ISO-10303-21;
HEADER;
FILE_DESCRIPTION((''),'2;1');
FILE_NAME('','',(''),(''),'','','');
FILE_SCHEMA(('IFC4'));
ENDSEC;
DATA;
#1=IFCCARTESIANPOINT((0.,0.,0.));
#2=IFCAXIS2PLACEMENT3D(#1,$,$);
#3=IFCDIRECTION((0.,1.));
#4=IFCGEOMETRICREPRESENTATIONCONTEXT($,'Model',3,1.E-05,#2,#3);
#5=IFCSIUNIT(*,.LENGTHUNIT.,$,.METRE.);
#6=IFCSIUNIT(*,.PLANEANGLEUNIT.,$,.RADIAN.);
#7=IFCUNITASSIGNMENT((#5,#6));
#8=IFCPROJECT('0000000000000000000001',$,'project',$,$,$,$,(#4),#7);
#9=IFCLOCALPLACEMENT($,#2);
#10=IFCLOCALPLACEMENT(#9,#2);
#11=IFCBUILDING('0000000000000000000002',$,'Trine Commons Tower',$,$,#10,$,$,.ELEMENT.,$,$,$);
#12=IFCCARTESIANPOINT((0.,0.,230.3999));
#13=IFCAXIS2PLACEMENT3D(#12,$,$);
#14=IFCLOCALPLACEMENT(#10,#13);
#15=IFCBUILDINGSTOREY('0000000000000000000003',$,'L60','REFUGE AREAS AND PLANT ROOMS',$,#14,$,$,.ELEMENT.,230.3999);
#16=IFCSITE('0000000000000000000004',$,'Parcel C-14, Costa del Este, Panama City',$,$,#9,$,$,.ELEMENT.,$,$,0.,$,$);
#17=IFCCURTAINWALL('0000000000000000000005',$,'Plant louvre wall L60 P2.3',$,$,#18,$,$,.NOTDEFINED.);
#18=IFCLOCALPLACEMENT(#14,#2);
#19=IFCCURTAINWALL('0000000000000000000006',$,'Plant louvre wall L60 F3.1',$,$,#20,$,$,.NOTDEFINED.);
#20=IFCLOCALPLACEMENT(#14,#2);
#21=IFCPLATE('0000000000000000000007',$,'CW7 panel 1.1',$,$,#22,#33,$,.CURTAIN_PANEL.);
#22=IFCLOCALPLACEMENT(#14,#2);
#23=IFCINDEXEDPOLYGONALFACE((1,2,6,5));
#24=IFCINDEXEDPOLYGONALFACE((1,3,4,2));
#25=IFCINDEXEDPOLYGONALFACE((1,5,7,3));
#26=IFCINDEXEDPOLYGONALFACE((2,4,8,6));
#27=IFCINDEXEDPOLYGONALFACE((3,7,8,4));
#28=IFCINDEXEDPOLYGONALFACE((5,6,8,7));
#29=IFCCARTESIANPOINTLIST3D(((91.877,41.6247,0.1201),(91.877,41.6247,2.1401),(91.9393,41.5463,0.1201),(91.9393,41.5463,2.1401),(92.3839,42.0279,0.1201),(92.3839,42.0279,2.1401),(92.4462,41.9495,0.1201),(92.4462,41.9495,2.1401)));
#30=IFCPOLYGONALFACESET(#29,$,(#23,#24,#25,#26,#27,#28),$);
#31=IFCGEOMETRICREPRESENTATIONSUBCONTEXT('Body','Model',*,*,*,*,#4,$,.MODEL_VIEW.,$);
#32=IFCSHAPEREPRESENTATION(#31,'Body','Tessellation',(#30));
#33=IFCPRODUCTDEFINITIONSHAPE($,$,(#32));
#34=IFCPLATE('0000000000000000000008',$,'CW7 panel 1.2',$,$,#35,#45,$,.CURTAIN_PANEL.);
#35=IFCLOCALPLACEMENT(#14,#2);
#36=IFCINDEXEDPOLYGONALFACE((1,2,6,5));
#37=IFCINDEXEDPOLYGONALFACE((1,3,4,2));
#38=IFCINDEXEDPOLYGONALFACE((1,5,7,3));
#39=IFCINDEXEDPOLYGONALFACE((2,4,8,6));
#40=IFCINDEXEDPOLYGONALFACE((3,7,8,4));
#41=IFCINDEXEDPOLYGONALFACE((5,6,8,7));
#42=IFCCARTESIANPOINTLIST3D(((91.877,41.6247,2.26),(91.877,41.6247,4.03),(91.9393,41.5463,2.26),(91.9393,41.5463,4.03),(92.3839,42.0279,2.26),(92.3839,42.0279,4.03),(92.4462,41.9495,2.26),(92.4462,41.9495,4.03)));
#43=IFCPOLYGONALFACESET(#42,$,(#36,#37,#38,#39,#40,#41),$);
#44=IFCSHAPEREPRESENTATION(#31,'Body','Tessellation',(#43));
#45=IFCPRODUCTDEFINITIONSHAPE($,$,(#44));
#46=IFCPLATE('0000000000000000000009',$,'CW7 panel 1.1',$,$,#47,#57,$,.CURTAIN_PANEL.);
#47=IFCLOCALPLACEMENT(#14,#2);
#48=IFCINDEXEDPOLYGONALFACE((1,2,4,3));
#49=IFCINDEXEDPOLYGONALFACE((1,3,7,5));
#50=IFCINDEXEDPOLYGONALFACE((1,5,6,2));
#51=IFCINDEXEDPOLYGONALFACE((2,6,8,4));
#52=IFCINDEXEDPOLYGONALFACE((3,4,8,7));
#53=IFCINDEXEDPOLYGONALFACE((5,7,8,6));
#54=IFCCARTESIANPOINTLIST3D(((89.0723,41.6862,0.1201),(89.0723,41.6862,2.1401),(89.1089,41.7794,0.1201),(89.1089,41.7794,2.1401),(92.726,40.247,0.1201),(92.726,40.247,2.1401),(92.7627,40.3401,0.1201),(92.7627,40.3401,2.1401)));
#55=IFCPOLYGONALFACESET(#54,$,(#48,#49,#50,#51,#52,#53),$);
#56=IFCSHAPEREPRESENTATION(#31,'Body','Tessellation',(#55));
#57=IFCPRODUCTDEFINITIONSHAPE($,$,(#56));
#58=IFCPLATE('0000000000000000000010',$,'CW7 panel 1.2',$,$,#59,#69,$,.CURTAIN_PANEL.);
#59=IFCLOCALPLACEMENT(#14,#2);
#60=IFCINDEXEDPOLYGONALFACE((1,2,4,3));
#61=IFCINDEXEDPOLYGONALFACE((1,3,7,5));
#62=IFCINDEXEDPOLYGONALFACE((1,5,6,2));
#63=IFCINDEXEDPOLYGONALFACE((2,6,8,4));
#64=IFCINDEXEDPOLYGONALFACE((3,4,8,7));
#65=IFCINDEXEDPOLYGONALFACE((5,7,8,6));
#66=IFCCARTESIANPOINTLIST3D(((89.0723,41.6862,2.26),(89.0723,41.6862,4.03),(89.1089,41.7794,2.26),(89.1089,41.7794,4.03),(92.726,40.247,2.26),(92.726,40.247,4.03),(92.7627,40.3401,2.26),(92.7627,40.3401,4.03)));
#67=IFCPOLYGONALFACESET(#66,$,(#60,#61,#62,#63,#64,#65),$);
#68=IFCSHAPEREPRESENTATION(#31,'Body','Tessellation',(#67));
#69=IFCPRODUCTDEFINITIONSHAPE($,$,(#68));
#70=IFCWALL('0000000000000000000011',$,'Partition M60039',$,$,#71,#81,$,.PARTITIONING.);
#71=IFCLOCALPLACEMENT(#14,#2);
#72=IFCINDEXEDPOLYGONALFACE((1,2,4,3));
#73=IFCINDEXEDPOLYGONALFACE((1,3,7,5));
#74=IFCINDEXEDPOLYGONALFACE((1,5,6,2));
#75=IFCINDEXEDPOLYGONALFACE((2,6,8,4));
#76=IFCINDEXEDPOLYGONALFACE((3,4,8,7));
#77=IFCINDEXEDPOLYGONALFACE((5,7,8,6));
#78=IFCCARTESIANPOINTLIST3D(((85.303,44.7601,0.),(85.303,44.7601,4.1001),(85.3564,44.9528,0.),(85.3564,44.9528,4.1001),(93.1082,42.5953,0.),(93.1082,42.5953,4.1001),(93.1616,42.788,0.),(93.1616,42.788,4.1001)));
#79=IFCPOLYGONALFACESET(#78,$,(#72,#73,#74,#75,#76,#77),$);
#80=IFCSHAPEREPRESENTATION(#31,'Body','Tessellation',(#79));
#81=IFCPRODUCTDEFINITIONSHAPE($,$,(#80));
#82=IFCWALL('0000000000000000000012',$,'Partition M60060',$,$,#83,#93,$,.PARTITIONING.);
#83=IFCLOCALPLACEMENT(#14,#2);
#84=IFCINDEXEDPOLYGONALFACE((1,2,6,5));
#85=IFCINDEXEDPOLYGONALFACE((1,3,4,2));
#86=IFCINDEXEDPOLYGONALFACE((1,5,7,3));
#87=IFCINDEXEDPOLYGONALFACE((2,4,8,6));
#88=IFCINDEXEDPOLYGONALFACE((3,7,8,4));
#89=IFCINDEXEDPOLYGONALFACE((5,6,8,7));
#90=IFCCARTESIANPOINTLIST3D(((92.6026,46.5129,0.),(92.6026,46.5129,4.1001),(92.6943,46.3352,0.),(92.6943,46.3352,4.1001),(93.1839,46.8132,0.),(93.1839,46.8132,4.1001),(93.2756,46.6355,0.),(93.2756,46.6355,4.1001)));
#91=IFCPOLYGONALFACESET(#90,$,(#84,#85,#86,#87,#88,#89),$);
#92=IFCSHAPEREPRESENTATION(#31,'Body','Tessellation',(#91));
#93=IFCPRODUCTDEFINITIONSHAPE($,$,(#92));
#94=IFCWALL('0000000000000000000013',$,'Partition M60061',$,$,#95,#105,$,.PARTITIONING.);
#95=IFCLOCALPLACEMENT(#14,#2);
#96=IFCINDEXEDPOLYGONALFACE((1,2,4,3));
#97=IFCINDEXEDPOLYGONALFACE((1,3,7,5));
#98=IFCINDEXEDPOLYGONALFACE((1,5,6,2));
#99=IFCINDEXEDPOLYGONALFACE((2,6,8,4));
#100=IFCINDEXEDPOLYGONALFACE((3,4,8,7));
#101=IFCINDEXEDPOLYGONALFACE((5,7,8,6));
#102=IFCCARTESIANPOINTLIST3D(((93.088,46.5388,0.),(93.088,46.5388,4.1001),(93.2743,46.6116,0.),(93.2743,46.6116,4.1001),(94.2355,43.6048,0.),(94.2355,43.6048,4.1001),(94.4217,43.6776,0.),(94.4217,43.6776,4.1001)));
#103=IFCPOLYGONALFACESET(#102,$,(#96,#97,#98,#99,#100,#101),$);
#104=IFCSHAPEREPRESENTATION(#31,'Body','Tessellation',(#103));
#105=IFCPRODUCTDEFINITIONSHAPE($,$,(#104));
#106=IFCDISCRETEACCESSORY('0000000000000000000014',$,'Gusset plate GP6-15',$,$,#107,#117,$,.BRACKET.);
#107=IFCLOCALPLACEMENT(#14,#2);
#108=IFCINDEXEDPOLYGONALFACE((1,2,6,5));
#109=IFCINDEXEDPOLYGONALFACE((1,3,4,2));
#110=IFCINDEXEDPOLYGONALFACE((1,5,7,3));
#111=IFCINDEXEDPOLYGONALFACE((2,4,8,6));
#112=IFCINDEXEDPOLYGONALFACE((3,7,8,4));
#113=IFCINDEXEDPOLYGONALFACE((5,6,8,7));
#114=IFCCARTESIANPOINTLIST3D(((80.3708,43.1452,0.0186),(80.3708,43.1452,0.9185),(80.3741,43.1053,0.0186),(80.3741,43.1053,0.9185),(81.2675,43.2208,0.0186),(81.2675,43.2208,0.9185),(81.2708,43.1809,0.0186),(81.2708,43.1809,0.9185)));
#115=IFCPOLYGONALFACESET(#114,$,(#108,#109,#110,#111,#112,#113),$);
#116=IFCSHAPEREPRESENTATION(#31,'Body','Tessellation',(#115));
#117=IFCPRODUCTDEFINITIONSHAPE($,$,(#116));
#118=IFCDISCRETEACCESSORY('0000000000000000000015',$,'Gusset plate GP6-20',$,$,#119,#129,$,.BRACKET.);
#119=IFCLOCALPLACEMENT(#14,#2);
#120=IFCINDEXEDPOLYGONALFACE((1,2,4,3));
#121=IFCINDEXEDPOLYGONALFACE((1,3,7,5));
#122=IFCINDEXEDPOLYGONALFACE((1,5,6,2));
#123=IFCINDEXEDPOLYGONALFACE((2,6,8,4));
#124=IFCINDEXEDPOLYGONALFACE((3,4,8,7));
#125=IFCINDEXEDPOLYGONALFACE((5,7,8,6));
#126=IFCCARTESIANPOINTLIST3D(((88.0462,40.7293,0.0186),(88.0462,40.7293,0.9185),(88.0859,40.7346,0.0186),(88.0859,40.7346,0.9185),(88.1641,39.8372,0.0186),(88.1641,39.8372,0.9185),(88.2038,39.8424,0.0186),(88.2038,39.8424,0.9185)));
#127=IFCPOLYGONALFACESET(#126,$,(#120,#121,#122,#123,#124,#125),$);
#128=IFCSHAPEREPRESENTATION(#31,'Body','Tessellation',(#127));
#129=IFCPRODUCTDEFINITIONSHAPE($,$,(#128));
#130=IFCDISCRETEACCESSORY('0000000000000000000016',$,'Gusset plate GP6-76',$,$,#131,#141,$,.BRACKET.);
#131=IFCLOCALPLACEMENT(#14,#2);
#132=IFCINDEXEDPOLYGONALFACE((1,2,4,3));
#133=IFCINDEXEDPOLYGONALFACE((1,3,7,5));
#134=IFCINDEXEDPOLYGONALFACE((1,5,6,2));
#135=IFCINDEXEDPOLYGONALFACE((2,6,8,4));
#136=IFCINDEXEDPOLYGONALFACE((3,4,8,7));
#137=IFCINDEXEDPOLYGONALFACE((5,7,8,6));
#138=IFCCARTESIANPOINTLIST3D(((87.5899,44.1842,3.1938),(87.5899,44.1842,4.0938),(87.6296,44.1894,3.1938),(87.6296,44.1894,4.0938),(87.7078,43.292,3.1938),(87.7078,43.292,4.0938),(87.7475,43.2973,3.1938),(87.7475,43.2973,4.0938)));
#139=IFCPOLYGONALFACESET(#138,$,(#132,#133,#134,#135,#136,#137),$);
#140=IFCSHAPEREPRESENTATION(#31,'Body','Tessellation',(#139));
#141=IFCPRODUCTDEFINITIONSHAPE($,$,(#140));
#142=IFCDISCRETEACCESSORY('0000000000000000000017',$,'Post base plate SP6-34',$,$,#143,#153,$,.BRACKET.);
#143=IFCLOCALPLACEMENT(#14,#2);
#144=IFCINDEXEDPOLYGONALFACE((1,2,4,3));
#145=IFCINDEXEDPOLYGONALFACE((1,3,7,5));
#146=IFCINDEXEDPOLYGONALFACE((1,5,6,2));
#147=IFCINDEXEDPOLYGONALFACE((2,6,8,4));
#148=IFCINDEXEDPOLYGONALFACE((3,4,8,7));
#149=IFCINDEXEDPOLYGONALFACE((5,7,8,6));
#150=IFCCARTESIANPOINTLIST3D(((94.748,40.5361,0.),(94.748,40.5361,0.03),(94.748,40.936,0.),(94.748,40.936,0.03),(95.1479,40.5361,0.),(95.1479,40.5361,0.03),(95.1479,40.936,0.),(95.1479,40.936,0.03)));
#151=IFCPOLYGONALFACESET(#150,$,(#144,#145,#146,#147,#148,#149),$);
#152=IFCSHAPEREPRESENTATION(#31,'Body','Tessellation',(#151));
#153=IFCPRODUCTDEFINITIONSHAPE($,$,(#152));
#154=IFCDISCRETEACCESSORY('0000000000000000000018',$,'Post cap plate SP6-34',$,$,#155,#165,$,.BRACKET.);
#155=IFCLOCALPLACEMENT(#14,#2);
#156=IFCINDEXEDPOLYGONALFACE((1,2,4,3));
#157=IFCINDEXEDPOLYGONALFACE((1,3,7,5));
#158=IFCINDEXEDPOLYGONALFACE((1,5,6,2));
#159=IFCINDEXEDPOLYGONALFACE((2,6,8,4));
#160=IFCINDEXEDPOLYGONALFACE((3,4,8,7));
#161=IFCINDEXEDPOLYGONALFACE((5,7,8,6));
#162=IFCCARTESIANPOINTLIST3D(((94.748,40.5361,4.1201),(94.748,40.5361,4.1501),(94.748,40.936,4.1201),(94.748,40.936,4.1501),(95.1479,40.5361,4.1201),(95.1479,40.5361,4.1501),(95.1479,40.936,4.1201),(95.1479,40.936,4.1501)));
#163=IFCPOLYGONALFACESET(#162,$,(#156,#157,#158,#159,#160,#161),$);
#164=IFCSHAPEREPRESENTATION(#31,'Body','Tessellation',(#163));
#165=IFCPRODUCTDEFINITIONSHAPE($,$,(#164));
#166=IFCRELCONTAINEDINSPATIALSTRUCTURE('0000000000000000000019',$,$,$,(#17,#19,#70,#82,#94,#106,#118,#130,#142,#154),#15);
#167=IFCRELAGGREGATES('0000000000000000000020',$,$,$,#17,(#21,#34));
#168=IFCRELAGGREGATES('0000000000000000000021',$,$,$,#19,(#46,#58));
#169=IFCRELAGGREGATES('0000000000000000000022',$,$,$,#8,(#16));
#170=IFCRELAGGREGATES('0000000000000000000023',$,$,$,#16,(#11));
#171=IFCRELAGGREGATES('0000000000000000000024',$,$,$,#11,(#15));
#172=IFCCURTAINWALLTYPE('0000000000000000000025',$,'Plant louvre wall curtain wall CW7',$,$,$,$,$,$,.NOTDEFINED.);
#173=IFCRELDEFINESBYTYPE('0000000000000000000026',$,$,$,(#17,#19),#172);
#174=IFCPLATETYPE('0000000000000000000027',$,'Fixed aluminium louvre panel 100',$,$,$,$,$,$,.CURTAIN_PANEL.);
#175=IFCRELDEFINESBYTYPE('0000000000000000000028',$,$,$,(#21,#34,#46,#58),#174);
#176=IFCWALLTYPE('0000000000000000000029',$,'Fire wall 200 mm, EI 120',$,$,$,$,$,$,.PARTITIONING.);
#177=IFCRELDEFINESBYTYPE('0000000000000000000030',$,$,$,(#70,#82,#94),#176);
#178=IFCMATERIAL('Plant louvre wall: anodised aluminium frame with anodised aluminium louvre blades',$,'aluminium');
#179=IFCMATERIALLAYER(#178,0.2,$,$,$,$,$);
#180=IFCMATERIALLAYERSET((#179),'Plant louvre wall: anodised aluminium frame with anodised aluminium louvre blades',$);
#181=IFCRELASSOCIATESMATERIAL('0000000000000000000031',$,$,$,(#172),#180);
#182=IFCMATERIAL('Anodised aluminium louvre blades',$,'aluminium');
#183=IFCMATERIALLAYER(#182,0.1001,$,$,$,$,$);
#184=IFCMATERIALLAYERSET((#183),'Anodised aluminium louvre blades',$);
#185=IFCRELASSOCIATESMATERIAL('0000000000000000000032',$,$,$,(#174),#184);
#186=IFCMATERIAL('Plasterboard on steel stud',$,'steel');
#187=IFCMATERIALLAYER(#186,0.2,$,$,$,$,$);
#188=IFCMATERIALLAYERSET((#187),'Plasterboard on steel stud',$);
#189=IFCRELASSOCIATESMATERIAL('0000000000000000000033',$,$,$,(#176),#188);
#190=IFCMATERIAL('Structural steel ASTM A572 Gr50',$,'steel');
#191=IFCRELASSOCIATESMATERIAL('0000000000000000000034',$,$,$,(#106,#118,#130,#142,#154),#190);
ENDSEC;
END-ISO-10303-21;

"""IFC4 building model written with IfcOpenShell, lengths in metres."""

from ifc_helpers import new_model, si_unit, direction, frame, frame_2d, origin, origin_2d, place, context, subcontext, project, spatial, rectangle, extrude, material, layer, layer_set, type_object, element, aggregate, save


model = new_model("IFC4")

# Units and contexts
model_context = context("Model", 3, precision=1e-05, world=origin(), true_north=direction((0.0, 1.0)))
body_context = subcontext(model_context, "Body", "Model", "MODEL_VIEW")
ifc_project = project(units=[si_unit("LENGTHUNIT", "METRE"), si_unit("PLANEANGLEUNIT", "RADIAN")], contexts=[model_context])

# Site, building, storey
site_placement = place(None, origin())
site = spatial("IfcSite", under=ifc_project, at=site_placement, Name="Parcel C-14, Costa del Este, Panama City", CompositionType="ELEMENT", RefElevation=0.0)
building_placement = place(site_placement, origin())
building = spatial("IfcBuilding", under=site, at=building_placement, Name="Trine Commons Tower", CompositionType="ELEMENT")
storey_placement = place(building_placement, frame((0.0, 0.0, 230.3999)))
storey = spatial("IfcBuildingStorey", under=building, at=storey_placement, Name="L60", Description="REFUGE AREAS AND PLANT ROOMS", CompositionType="ELEMENT", Elevation=230.3999)

# Curtain walls
ifc_material_1 = material(Name="Plant louvre wall: anodised aluminium frame with anodised aluminium louvre blades", Category="aluminium")
ifc_layer_1 = layer(ifc_material_1, 0.2)
ifc_layer_set_1 = layer_set([ifc_layer_1], Name="Plant louvre wall: anodised aluminium frame with anodised aluminium louvre blades")
curtain_wall_type_1 = type_object("IfcCurtainWallType", Name="Plant louvre wall curtain wall CW7", PredefinedType="NOTDEFINED", material=ifc_layer_set_1)
curtain_wall_1_placement = place(storey_placement, origin())
curtain_wall_1 = element("IfcCurtainWall", 1, at=curtain_wall_1_placement, inside=storey, type_object=curtain_wall_type_1, Name="Plant louvre wall L60 P2.3", PredefinedType="NOTDEFINED")
curtain_wall_2_placement = place(storey_placement, origin())
curtain_wall_2 = element("IfcCurtainWall", 2, at=curtain_wall_2_placement, inside=storey, type_object=curtain_wall_type_1, Name="Plant louvre wall L60 F3.1", PredefinedType="NOTDEFINED")

# Plates
ifc_material_2 = material(Name="Anodised aluminium louvre blades", Category="aluminium")
ifc_layer_2 = layer(ifc_material_2, 0.1001)
ifc_layer_set_2 = layer_set([ifc_layer_2], Name="Anodised aluminium louvre blades")
plate_type_1 = type_object("IfcPlateType", Name="Fixed aluminium louvre panel 100", PredefinedType="CURTAIN_PANEL", material=ifc_layer_set_2)
plate_1_placement = place(storey_placement, frame((92.1616, 41.7871, 0.1201), z_axis=(0.0, 0.0, 1.0), x_axis=(-0.782608, -0.622515, 0.0)))
plate_1 = element("IfcPlate", 3, at=plate_1_placement, type_object=plate_type_1, Name="CW7 panel 1.1", PredefinedType="CURTAIN_PANEL", context=body_context, shape_type="SweptSolid", body=[
    extrude(rectangle(XDim=0.6477, YDim=0.1001, at=origin_2d()), origin(), (0.0, 0.0, 1.0), 2.02),
])
plate_2_placement = place(storey_placement, frame((92.1616, 41.7871, 2.26), z_axis=(0.0, 0.0, 1.0), x_axis=(-0.782608, -0.622515, 0.0)))
plate_2 = element("IfcPlate", 4, at=plate_2_placement, type_object=plate_type_1, Name="CW7 panel 1.2", PredefinedType="CURTAIN_PANEL", context=body_context, shape_type="SweptSolid", body=[
    extrude(rectangle(XDim=0.6477, YDim=0.1001, at=origin_2d()), origin(), (0.0, 0.0, 1.0), 1.77),
])
aggregate(curtain_wall_1, [plate_1, plate_2])
plate_3_placement = place(storey_placement, frame((90.9175, 41.0132, 0.1201), z_axis=(0.0, 0.0, 1.0), x_axis=(-0.930418, 0.366501, 0.0)))
plate_3 = element("IfcPlate", 5, at=plate_3_placement, type_object=plate_type_1, Name="CW7 panel 1.1", PredefinedType="CURTAIN_PANEL", context=body_context, shape_type="SweptSolid", body=[
    extrude(rectangle(XDim=3.927, YDim=0.1001, at=origin_2d()), origin(), (0.0, 0.0, 1.0), 2.02),
])
plate_4_placement = place(storey_placement, frame((90.9175, 41.0132, 2.26), z_axis=(0.0, 0.0, 1.0), x_axis=(-0.930418, 0.366501, 0.0)))
plate_4 = element("IfcPlate", 6, at=plate_4_placement, type_object=plate_type_1, Name="CW7 panel 1.2", PredefinedType="CURTAIN_PANEL", context=body_context, shape_type="SweptSolid", body=[
    extrude(rectangle(XDim=3.927, YDim=0.1001, at=origin_2d()), origin(), (0.0, 0.0, 1.0), 1.77),
])
aggregate(curtain_wall_2, [plate_3, plate_4])

# Walls
ifc_material_3 = material(Name="Plasterboard on steel stud", Category="steel")
ifc_layer_3 = layer(ifc_material_3, 0.2)
ifc_layer_set_3 = layer_set([ifc_layer_3], Name="Plasterboard on steel stud")
wall_type_1 = type_object("IfcWallType", Name="Fire wall 200 mm, EI 120", PredefinedType="PARTITIONING", material=ifc_layer_set_3)
wall_1_placement = place(storey_placement, frame((85.3298, 44.8564, 0.0), z_axis=(0.0, 0.0, 1.0), x_axis=(0.963623, -0.267265, 0.0)))
element("IfcWall", 7, at=wall_1_placement, inside=storey, type_object=wall_type_1, Name="Partition M60039", PredefinedType="PARTITIONING", context=body_context, shape_type="SweptSolid", body=[
    extrude(rectangle(XDim=8.0999, YDim=0.2, at=frame_2d((4.0498, 0.0))), origin(), (0.0, 0.0, 1.0), 4.1001),
])
wall_2_placement = place(storey_placement, frame((92.6484, 46.4241, 0.0), z_axis=(0.0, 0.0, 1.0), x_axis=(0.888454, 0.458966, 0.0)))
element("IfcWall", 8, at=wall_2_placement, inside=storey, type_object=wall_type_1, Name="Partition M60060", PredefinedType="PARTITIONING", context=body_context, shape_type="SweptSolid", body=[
    extrude(rectangle(XDim=0.6543, YDim=0.2, at=frame_2d((0.3271, 0.0))), origin(), (0.0, 0.0, 1.0), 4.1001),
])
wall_3_placement = place(storey_placement, frame((93.1812, 46.5752, 0.0), z_axis=(0.0, 0.0, 1.0), x_axis=(0.364218, -0.931314, 0.0)))
element("IfcWall", 9, at=wall_3_placement, inside=storey, type_object=wall_type_1, Name="Partition M60061", PredefinedType="PARTITIONING", context=body_context, shape_type="SweptSolid", body=[
    extrude(rectangle(XDim=3.1504, YDim=0.2, at=frame_2d((1.5752, 0.0))), origin(), (0.0, 0.0, 1.0), 4.1001),
])

# Discrete accessories
ifc_material_4 = material(Name="Structural steel ASTM A572 Gr50", Category="steel")
for number, where, z_axis, x_axis, name in (
    (10, (80.8208, 43.1631, 0.0186), (0.0, 0.0, 1.0), (0.996464, 0.084026, 0.0), "Gusset plate GP6-15"),
    (11, (88.125, 40.2859, 0.0186), (0.0, 0.0, 1.0), (-0.130941, 0.99139, 0.0), "Gusset plate GP6-20"),
    (12, (87.6687, 43.7407, 3.1938), (0.0, 0.0, 1.0), (-0.130941, 0.99139, 0.0), "Gusset plate GP6-76"),
):
    element("IfcDiscreteAccessory", number, at=place(storey_placement, frame(where, z_axis=z_axis, x_axis=x_axis)), inside=storey, material=ifc_material_4, Name=name, PredefinedType="BRACKET", context=body_context, shape_type="SweptSolid", body=[
        extrude(rectangle(XDim=0.8999, YDim=0.04, at=origin_2d()), origin(), (0.0, 0.0, 1.0), 0.8999),
    ])
for number, where, z_axis, x_axis, name in (
    (13, (94.948, 40.7361, 0.0), (0.0, 0.0, 1.0), (1.0, 0.0, 0.0), "Post base plate SP6-34"),
    (14, (94.948, 40.7361, 4.1201), (0.0, 0.0, 1.0), (1.0, 0.0, 0.0), "Post cap plate SP6-34"),
):
    element("IfcDiscreteAccessory", number, at=place(storey_placement, frame(where, z_axis=z_axis, x_axis=x_axis)), inside=storey, material=ifc_material_4, Name=name, PredefinedType="BRACKET", context=body_context, shape_type="SweptSolid", body=[
        extrude(rectangle(XDim=0.3999, YDim=0.3999, at=origin_2d()), origin(), (0.0, 0.0, 1.0), 0.03),
    ])

save(model, "model.ifc")
